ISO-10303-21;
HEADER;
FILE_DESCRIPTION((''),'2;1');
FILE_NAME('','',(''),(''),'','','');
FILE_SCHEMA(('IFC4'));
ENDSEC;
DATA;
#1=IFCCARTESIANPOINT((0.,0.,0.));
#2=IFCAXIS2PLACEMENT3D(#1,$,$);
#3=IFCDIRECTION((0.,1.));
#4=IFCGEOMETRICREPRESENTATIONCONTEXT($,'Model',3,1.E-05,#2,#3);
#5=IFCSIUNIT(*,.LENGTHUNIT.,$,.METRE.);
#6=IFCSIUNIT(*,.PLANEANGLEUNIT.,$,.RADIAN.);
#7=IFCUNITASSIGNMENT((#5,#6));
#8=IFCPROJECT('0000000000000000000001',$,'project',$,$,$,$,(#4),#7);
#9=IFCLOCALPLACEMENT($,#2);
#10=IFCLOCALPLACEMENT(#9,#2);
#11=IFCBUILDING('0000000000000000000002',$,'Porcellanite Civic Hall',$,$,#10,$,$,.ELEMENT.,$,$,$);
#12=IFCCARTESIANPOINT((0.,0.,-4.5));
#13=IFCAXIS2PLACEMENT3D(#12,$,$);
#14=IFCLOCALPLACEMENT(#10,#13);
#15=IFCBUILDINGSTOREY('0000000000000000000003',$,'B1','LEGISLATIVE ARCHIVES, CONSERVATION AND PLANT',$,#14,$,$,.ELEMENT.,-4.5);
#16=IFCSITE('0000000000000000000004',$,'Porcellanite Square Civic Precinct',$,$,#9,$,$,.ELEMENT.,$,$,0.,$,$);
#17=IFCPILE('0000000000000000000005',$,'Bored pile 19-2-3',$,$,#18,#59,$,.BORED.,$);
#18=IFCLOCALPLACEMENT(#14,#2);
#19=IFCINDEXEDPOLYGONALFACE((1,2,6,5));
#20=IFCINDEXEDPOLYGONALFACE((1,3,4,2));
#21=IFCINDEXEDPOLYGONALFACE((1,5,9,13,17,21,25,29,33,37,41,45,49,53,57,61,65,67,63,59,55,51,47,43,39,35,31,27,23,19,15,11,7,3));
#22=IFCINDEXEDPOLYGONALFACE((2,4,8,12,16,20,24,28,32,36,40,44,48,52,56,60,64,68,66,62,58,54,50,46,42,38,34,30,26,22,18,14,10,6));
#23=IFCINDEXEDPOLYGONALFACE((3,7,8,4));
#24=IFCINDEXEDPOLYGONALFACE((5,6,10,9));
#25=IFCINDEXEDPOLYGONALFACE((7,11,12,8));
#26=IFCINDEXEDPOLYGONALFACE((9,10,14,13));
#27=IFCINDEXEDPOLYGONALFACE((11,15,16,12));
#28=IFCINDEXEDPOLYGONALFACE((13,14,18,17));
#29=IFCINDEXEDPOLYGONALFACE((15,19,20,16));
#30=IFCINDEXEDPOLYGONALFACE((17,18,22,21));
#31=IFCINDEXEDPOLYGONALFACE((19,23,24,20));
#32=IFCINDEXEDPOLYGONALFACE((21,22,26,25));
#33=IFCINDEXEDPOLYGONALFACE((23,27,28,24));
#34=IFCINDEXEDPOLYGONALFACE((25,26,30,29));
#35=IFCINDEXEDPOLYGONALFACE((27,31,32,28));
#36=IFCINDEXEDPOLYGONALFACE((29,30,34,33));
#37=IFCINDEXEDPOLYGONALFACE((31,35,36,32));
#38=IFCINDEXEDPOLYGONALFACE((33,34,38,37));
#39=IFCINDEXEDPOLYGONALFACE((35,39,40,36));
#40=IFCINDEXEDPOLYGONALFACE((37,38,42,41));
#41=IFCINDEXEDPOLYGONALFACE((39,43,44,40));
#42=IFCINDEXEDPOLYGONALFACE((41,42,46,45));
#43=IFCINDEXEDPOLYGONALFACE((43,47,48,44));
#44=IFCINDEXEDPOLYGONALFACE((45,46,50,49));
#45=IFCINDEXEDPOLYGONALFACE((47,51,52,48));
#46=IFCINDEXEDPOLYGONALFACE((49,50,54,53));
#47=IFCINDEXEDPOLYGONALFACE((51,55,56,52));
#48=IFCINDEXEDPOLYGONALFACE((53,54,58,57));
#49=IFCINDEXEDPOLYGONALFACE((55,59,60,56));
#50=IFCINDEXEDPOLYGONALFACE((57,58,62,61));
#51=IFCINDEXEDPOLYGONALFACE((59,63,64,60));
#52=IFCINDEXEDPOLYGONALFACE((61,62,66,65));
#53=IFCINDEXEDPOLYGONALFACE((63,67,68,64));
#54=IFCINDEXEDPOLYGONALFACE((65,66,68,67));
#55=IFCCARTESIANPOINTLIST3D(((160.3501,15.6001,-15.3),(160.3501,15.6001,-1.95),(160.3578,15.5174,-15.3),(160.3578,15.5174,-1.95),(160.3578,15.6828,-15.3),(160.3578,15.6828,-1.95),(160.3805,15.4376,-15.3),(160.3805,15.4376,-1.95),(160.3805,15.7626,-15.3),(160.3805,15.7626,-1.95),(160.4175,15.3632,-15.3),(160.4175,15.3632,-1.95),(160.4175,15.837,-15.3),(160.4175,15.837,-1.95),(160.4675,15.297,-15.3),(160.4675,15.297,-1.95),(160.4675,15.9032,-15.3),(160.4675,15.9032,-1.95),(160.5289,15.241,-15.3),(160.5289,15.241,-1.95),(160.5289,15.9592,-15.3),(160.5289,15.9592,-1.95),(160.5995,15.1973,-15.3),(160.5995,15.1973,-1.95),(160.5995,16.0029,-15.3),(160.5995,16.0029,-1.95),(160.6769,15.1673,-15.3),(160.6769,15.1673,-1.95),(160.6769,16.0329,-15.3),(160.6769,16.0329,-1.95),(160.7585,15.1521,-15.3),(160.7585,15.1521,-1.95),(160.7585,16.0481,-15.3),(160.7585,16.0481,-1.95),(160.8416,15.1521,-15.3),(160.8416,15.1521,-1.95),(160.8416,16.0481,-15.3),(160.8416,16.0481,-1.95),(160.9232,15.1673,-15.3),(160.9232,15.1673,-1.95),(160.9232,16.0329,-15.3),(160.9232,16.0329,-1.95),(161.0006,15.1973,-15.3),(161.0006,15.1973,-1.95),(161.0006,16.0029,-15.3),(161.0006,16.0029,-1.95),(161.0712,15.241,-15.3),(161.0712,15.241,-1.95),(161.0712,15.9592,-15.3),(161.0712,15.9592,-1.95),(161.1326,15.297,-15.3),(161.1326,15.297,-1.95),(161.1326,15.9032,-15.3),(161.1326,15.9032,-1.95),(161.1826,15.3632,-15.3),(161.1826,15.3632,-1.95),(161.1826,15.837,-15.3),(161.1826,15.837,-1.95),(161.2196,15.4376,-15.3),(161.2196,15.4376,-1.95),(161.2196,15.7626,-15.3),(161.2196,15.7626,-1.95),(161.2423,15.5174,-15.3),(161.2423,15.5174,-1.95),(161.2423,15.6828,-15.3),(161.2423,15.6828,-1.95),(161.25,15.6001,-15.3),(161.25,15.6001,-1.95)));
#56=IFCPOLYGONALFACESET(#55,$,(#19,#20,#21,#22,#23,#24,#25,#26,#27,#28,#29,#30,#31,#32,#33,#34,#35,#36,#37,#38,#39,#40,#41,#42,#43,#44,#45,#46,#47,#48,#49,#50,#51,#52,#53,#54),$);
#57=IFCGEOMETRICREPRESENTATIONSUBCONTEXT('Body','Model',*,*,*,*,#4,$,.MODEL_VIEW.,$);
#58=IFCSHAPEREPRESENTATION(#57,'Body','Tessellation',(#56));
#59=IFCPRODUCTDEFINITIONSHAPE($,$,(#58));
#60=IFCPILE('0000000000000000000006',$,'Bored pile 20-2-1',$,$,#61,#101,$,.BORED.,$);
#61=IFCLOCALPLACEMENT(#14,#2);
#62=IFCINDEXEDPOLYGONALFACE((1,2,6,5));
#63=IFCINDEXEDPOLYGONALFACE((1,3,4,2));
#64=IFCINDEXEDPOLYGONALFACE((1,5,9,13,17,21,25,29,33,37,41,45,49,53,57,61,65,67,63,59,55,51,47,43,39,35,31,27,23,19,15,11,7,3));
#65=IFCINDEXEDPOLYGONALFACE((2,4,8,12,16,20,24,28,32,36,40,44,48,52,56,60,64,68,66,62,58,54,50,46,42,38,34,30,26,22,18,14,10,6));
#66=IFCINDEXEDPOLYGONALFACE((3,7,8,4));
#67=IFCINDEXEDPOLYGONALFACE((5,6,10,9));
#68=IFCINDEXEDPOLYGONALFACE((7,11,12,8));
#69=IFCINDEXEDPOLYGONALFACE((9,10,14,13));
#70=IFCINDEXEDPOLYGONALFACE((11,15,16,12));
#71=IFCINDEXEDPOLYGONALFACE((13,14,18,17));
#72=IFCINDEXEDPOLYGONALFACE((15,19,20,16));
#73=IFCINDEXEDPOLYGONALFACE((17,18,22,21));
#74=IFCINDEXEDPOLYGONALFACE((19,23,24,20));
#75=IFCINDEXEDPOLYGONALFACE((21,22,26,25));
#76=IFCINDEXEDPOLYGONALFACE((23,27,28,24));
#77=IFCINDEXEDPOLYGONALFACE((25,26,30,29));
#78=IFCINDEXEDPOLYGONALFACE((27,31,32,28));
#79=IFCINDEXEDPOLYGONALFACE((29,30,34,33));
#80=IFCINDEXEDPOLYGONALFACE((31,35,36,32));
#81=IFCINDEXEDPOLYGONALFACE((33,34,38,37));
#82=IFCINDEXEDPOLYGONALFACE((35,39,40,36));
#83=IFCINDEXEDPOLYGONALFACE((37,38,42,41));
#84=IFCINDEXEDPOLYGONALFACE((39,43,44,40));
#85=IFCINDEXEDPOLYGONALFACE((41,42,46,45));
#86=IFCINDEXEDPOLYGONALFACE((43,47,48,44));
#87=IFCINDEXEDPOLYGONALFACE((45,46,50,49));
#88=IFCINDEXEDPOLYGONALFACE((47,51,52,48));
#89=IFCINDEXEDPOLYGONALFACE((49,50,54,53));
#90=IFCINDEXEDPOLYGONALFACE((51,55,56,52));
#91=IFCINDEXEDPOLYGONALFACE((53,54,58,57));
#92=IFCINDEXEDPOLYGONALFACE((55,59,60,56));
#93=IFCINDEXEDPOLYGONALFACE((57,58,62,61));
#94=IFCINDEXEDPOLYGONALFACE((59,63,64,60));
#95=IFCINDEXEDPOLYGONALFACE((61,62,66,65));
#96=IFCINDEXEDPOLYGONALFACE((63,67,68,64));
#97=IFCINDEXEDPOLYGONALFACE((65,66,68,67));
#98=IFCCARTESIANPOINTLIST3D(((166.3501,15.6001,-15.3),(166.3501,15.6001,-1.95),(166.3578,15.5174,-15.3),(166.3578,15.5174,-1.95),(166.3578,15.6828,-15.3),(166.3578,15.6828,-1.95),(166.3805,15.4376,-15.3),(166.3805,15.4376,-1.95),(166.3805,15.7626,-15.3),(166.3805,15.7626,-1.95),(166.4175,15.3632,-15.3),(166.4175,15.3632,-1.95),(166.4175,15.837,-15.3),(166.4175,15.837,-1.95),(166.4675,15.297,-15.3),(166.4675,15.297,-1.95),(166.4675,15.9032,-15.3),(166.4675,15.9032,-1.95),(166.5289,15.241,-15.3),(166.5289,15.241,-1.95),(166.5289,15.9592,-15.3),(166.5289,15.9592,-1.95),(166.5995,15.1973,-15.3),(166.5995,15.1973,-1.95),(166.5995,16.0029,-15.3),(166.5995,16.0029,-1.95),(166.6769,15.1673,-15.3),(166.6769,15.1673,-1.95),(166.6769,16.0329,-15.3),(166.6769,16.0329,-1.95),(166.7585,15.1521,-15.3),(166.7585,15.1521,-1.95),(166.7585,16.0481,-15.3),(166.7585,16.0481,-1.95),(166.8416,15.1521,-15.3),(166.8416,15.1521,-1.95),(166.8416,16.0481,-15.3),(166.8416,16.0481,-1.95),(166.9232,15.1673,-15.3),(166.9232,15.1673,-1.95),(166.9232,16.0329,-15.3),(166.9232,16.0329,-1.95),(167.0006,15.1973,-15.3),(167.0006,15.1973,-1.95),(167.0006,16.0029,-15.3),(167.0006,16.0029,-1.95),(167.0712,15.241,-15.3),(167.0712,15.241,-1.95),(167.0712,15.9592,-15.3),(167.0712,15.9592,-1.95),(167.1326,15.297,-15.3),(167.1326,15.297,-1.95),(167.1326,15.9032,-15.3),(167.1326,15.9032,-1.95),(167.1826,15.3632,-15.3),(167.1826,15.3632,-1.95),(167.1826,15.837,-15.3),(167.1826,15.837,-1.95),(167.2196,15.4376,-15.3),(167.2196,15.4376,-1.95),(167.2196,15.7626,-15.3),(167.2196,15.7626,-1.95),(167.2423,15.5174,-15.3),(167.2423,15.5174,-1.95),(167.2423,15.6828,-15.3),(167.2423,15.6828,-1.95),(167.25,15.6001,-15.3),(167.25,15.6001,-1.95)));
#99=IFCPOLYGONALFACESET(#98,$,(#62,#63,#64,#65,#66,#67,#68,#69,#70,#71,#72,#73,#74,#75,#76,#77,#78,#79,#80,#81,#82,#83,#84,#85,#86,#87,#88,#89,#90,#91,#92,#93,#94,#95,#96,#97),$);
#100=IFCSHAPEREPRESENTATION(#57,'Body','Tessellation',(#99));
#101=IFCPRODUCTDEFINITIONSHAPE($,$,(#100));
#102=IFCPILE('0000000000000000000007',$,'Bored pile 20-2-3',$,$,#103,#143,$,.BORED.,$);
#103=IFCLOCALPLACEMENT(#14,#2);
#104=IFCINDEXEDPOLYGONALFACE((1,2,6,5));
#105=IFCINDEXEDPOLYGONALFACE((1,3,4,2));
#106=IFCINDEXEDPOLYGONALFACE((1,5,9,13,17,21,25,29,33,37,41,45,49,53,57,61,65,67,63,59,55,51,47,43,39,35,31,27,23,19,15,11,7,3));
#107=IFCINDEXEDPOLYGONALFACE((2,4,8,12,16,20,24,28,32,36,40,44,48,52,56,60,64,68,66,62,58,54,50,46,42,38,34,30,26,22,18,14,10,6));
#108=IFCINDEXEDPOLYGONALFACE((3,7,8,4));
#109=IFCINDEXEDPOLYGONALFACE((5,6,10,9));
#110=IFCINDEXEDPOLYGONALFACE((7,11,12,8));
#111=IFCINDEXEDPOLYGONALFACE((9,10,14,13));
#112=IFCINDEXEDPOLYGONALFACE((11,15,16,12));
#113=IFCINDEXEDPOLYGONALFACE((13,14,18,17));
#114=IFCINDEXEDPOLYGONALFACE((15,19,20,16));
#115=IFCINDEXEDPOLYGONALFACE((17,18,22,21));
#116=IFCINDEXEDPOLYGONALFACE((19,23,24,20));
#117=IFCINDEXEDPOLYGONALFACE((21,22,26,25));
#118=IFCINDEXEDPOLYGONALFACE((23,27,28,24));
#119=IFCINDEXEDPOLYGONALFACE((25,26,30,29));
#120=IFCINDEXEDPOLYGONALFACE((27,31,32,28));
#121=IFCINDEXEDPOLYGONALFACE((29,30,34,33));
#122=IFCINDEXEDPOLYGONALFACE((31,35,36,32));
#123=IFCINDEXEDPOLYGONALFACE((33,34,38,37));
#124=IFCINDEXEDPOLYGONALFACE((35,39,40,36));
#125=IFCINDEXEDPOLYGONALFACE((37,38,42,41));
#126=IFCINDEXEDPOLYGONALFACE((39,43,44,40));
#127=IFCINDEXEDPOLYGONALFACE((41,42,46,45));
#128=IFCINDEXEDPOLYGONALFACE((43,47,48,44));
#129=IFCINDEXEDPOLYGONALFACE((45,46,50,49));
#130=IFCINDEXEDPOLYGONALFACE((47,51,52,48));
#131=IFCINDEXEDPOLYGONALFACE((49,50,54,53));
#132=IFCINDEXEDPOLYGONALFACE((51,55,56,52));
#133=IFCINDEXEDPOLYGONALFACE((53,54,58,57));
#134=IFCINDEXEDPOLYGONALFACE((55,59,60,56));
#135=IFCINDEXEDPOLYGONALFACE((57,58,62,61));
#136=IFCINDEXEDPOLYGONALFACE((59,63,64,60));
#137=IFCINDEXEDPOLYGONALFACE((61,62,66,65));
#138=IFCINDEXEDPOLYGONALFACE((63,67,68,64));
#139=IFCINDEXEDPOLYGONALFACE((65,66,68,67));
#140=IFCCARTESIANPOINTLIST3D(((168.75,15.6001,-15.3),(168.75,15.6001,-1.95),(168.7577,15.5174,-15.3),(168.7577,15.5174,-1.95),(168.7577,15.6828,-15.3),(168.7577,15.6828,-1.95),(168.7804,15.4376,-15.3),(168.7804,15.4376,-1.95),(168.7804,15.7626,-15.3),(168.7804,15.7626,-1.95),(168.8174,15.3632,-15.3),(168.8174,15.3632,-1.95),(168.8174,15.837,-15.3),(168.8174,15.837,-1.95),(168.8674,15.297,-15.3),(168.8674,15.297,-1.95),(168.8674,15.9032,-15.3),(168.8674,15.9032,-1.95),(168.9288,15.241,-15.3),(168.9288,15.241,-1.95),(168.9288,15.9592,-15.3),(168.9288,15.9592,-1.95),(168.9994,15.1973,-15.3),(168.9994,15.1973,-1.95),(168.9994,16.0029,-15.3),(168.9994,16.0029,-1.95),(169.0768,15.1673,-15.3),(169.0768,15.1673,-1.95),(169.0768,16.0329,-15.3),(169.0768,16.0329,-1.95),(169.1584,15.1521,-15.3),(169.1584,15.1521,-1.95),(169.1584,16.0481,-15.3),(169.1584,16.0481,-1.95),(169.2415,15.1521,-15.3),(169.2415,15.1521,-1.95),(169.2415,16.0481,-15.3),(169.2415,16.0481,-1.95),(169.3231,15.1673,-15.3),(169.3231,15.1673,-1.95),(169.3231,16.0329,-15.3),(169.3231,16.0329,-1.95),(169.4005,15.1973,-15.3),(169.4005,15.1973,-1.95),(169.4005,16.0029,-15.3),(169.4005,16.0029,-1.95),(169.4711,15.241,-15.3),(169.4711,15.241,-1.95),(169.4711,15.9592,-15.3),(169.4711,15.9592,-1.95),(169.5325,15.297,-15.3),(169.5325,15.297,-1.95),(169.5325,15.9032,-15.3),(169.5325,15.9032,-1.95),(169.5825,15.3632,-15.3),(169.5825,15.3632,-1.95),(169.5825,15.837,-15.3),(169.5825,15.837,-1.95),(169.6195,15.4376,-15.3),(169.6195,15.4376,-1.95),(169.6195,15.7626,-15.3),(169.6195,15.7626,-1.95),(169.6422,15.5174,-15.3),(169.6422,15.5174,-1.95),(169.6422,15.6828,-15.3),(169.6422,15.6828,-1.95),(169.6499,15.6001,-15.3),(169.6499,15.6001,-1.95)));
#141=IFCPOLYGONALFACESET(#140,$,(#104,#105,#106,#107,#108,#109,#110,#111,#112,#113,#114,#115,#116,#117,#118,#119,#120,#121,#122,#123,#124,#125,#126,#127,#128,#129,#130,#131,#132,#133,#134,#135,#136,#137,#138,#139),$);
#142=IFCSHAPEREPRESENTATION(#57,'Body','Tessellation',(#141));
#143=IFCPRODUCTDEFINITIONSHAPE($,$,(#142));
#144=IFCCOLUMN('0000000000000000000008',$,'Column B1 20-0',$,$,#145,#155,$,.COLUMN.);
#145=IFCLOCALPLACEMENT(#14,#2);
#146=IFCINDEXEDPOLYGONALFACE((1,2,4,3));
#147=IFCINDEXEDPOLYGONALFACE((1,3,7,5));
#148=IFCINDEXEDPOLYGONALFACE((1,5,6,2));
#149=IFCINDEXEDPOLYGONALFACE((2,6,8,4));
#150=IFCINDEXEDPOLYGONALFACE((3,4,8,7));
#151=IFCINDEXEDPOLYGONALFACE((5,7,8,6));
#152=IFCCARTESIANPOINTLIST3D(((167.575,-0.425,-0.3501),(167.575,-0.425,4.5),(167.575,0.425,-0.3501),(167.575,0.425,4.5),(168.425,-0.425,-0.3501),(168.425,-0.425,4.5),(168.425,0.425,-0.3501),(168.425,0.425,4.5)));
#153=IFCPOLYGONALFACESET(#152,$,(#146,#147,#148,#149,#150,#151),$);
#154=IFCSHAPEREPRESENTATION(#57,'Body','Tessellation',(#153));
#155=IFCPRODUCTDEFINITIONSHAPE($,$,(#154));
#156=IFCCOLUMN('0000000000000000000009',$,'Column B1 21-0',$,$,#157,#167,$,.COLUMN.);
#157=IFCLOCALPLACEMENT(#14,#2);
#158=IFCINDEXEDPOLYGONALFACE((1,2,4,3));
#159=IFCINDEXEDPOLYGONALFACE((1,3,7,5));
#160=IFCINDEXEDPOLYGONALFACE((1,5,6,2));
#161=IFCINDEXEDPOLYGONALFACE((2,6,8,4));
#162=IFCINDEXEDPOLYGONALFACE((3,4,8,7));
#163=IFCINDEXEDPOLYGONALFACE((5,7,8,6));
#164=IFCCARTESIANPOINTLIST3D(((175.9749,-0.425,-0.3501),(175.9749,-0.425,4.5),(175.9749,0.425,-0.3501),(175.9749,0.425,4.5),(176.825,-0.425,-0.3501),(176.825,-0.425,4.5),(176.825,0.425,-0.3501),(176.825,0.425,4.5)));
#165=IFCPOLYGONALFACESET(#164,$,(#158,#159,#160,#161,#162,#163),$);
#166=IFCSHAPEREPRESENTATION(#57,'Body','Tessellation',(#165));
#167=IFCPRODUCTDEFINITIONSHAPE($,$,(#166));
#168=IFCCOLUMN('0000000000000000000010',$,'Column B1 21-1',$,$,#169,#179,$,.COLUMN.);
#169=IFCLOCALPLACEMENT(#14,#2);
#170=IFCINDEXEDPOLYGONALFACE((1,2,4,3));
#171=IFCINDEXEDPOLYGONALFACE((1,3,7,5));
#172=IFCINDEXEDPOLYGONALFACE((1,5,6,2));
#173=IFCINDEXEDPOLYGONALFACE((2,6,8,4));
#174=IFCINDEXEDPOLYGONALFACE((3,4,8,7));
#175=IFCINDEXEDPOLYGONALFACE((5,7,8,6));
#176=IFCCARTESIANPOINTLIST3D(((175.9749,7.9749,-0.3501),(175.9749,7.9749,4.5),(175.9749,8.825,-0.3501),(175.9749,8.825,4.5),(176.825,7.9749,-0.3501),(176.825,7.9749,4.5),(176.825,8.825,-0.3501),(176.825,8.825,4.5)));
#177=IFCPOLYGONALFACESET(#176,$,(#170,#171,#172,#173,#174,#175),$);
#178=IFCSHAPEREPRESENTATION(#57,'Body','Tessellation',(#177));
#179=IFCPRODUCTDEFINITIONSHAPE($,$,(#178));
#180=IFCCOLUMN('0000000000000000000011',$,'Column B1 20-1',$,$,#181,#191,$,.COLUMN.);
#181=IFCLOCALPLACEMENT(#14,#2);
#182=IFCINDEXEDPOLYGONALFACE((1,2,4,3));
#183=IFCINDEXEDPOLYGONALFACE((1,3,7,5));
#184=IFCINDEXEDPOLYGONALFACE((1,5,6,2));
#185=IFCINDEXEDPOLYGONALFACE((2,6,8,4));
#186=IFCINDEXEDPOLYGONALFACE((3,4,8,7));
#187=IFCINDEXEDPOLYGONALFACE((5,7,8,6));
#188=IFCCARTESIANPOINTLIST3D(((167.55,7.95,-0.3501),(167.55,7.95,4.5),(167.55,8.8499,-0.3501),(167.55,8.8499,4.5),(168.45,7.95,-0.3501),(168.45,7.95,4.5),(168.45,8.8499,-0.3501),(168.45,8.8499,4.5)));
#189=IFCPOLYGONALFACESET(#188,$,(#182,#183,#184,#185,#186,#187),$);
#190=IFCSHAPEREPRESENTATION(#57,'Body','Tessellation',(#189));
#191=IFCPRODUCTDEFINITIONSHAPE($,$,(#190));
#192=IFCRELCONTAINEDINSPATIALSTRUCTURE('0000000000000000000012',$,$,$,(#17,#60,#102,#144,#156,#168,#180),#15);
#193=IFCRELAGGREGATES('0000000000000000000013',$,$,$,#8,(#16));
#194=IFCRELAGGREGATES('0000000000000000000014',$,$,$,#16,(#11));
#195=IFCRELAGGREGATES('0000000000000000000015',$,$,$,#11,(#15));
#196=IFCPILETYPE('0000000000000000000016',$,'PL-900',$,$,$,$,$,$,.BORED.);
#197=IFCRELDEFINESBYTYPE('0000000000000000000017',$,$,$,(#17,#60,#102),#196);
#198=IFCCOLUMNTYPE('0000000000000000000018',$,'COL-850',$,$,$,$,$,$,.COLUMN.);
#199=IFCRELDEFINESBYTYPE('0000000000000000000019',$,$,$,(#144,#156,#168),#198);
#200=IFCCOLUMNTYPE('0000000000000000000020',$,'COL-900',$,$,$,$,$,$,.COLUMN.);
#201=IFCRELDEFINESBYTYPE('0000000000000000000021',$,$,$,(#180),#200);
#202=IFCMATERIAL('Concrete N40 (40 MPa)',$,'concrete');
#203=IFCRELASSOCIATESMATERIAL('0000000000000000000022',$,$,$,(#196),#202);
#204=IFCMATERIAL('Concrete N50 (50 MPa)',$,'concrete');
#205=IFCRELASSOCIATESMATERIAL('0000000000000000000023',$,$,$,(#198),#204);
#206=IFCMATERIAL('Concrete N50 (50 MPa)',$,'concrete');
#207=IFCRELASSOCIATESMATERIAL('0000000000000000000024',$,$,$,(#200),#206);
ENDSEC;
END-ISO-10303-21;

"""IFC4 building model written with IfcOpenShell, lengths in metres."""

from ifc_helpers import new_model, si_unit, direction, frame, origin, origin_2d, place, context, subcontext, project, spatial, rectangle, circle, extrude, material, material_profile, profile_set, type_object, element, save


model = new_model("IFC4")

# Units and contexts
model_context = context("Model", 3, precision=1e-05, world=origin(), true_north=direction((0.0, 1.0)))
body_context = subcontext(model_context, "Body", "Model", "MODEL_VIEW")
ifc_project = project(units=[si_unit("LENGTHUNIT", "METRE"), si_unit("PLANEANGLEUNIT", "RADIAN")], contexts=[model_context])

# Site, building, storey
site_placement = place(None, origin())
site = spatial("IfcSite", under=ifc_project, at=site_placement, Name="Porcellanite Square Civic Precinct", CompositionType="ELEMENT", RefElevation=0.0)
building_placement = place(site_placement, origin())
building = spatial("IfcBuilding", under=site, at=building_placement, Name="Porcellanite Civic Hall", CompositionType="ELEMENT")
storey_placement = place(building_placement, frame((0.0, 0.0, -4.5)))
storey = spatial("IfcBuildingStorey", under=building, at=storey_placement, Name="B1", Description="LEGISLATIVE ARCHIVES, CONSERVATION AND PLANT", CompositionType="ELEMENT", Elevation=-4.5)

# Piles
ifc_material_1 = material(Name="Concrete N40 (40 MPa)", Category="concrete")
ifc_material_profile_1 = material_profile(ifc_material_1, circle(Radius=0.45, at=origin_2d()), Name="PILE-D900")
ifc_profile_set_1 = profile_set([ifc_material_profile_1], Name="Concrete N40 (40 MPa)")
pile_type_1 = type_object("IfcPileType", Name="PL-900", PredefinedType="BORED", material=ifc_profile_set_1)
for number, where, z_axis, x_axis, name in (
    (1, (160.8, 15.6001, -1.95), (0.0, 0.0, -1.0), (1.0, 0.0, 0.0), "Bored pile 19-2-3"),
    (2, (166.8, 15.6001, -1.95), (0.0, 0.0, -1.0), (1.0, 0.0, 0.0), "Bored pile 20-2-1"),
    (3, (169.2, 15.6001, -1.95), (0.0, 0.0, -1.0), (1.0, 0.0, 0.0), "Bored pile 20-2-3"),
):
    element("IfcPile", number, at=place(storey_placement, frame(where, z_axis=z_axis, x_axis=x_axis)), inside=storey, type_object=pile_type_1, Name=name, PredefinedType="BORED", context=body_context, shape_type="SweptSolid", body=[
        extrude(circle(Radius=0.45, at=origin_2d()), origin(), (0.0, 0.0, 1.0), 13.3501),
    ])

# Columns
ifc_material_2 = material(Name="Concrete N50 (50 MPa)", Category="concrete")
ifc_material_profile_2 = material_profile(ifc_material_2, rectangle(XDim=0.8501, YDim=0.8501, at=origin_2d()), Name="RC-850x850")
ifc_profile_set_2 = profile_set([ifc_material_profile_2], Name="Concrete N50 (50 MPa)")
column_type_1 = type_object("IfcColumnType", Name="COL-850", PredefinedType="COLUMN", material=ifc_profile_set_2)
for number, where, z_axis, x_axis, name in (
    (4, (168.0, 0.0, -0.3501), (0.0, 0.0, 1.0), (1.0, 0.0, 0.0), "Column B1 20-0"),
    (5, (176.3999, 0.0, -0.3501), (0.0, 0.0, 1.0), (1.0, 0.0, 0.0), "Column B1 21-0"),
    (6, (176.3999, 8.3999, -0.3501), (0.0, 0.0, 1.0), (1.0, 0.0, 0.0), "Column B1 21-1"),
):
    element("IfcColumn", number, at=place(storey_placement, frame(where, z_axis=z_axis, x_axis=x_axis)), inside=storey, type_object=column_type_1, Name=name, PredefinedType="COLUMN", context=body_context, shape_type="SweptSolid", body=[
        extrude(rectangle(XDim=0.8501, YDim=0.8501, at=origin_2d()), origin(), (0.0, 0.0, 1.0), 4.8501),
    ])
ifc_material_3 = material(Name="Concrete N50 (50 MPa)", Category="concrete")
ifc_material_profile_3 = material_profile(ifc_material_3, rectangle(XDim=0.8999, YDim=0.8999, at=origin_2d()), Name="RC-900x900")
ifc_profile_set_3 = profile_set([ifc_material_profile_3], Name="Concrete N50 (50 MPa)")
column_type_2 = type_object("IfcColumnType", Name="COL-900", PredefinedType="COLUMN", material=ifc_profile_set_3)
column_placement = place(storey_placement, frame((168.0, 8.3999, -0.3501), z_axis=(0.0, 0.0, 1.0), x_axis=(1.0, 0.0, 0.0)))
element("IfcColumn", 7, at=column_placement, inside=storey, type_object=column_type_2, Name="Column B1 20-1", PredefinedType="COLUMN", context=body_context, shape_type="SweptSolid", body=[
    extrude(rectangle(XDim=0.8999, YDim=0.8999, at=origin_2d()), origin(), (0.0, 0.0, 1.0), 4.8501),
])

save(model, "model.ifc")
